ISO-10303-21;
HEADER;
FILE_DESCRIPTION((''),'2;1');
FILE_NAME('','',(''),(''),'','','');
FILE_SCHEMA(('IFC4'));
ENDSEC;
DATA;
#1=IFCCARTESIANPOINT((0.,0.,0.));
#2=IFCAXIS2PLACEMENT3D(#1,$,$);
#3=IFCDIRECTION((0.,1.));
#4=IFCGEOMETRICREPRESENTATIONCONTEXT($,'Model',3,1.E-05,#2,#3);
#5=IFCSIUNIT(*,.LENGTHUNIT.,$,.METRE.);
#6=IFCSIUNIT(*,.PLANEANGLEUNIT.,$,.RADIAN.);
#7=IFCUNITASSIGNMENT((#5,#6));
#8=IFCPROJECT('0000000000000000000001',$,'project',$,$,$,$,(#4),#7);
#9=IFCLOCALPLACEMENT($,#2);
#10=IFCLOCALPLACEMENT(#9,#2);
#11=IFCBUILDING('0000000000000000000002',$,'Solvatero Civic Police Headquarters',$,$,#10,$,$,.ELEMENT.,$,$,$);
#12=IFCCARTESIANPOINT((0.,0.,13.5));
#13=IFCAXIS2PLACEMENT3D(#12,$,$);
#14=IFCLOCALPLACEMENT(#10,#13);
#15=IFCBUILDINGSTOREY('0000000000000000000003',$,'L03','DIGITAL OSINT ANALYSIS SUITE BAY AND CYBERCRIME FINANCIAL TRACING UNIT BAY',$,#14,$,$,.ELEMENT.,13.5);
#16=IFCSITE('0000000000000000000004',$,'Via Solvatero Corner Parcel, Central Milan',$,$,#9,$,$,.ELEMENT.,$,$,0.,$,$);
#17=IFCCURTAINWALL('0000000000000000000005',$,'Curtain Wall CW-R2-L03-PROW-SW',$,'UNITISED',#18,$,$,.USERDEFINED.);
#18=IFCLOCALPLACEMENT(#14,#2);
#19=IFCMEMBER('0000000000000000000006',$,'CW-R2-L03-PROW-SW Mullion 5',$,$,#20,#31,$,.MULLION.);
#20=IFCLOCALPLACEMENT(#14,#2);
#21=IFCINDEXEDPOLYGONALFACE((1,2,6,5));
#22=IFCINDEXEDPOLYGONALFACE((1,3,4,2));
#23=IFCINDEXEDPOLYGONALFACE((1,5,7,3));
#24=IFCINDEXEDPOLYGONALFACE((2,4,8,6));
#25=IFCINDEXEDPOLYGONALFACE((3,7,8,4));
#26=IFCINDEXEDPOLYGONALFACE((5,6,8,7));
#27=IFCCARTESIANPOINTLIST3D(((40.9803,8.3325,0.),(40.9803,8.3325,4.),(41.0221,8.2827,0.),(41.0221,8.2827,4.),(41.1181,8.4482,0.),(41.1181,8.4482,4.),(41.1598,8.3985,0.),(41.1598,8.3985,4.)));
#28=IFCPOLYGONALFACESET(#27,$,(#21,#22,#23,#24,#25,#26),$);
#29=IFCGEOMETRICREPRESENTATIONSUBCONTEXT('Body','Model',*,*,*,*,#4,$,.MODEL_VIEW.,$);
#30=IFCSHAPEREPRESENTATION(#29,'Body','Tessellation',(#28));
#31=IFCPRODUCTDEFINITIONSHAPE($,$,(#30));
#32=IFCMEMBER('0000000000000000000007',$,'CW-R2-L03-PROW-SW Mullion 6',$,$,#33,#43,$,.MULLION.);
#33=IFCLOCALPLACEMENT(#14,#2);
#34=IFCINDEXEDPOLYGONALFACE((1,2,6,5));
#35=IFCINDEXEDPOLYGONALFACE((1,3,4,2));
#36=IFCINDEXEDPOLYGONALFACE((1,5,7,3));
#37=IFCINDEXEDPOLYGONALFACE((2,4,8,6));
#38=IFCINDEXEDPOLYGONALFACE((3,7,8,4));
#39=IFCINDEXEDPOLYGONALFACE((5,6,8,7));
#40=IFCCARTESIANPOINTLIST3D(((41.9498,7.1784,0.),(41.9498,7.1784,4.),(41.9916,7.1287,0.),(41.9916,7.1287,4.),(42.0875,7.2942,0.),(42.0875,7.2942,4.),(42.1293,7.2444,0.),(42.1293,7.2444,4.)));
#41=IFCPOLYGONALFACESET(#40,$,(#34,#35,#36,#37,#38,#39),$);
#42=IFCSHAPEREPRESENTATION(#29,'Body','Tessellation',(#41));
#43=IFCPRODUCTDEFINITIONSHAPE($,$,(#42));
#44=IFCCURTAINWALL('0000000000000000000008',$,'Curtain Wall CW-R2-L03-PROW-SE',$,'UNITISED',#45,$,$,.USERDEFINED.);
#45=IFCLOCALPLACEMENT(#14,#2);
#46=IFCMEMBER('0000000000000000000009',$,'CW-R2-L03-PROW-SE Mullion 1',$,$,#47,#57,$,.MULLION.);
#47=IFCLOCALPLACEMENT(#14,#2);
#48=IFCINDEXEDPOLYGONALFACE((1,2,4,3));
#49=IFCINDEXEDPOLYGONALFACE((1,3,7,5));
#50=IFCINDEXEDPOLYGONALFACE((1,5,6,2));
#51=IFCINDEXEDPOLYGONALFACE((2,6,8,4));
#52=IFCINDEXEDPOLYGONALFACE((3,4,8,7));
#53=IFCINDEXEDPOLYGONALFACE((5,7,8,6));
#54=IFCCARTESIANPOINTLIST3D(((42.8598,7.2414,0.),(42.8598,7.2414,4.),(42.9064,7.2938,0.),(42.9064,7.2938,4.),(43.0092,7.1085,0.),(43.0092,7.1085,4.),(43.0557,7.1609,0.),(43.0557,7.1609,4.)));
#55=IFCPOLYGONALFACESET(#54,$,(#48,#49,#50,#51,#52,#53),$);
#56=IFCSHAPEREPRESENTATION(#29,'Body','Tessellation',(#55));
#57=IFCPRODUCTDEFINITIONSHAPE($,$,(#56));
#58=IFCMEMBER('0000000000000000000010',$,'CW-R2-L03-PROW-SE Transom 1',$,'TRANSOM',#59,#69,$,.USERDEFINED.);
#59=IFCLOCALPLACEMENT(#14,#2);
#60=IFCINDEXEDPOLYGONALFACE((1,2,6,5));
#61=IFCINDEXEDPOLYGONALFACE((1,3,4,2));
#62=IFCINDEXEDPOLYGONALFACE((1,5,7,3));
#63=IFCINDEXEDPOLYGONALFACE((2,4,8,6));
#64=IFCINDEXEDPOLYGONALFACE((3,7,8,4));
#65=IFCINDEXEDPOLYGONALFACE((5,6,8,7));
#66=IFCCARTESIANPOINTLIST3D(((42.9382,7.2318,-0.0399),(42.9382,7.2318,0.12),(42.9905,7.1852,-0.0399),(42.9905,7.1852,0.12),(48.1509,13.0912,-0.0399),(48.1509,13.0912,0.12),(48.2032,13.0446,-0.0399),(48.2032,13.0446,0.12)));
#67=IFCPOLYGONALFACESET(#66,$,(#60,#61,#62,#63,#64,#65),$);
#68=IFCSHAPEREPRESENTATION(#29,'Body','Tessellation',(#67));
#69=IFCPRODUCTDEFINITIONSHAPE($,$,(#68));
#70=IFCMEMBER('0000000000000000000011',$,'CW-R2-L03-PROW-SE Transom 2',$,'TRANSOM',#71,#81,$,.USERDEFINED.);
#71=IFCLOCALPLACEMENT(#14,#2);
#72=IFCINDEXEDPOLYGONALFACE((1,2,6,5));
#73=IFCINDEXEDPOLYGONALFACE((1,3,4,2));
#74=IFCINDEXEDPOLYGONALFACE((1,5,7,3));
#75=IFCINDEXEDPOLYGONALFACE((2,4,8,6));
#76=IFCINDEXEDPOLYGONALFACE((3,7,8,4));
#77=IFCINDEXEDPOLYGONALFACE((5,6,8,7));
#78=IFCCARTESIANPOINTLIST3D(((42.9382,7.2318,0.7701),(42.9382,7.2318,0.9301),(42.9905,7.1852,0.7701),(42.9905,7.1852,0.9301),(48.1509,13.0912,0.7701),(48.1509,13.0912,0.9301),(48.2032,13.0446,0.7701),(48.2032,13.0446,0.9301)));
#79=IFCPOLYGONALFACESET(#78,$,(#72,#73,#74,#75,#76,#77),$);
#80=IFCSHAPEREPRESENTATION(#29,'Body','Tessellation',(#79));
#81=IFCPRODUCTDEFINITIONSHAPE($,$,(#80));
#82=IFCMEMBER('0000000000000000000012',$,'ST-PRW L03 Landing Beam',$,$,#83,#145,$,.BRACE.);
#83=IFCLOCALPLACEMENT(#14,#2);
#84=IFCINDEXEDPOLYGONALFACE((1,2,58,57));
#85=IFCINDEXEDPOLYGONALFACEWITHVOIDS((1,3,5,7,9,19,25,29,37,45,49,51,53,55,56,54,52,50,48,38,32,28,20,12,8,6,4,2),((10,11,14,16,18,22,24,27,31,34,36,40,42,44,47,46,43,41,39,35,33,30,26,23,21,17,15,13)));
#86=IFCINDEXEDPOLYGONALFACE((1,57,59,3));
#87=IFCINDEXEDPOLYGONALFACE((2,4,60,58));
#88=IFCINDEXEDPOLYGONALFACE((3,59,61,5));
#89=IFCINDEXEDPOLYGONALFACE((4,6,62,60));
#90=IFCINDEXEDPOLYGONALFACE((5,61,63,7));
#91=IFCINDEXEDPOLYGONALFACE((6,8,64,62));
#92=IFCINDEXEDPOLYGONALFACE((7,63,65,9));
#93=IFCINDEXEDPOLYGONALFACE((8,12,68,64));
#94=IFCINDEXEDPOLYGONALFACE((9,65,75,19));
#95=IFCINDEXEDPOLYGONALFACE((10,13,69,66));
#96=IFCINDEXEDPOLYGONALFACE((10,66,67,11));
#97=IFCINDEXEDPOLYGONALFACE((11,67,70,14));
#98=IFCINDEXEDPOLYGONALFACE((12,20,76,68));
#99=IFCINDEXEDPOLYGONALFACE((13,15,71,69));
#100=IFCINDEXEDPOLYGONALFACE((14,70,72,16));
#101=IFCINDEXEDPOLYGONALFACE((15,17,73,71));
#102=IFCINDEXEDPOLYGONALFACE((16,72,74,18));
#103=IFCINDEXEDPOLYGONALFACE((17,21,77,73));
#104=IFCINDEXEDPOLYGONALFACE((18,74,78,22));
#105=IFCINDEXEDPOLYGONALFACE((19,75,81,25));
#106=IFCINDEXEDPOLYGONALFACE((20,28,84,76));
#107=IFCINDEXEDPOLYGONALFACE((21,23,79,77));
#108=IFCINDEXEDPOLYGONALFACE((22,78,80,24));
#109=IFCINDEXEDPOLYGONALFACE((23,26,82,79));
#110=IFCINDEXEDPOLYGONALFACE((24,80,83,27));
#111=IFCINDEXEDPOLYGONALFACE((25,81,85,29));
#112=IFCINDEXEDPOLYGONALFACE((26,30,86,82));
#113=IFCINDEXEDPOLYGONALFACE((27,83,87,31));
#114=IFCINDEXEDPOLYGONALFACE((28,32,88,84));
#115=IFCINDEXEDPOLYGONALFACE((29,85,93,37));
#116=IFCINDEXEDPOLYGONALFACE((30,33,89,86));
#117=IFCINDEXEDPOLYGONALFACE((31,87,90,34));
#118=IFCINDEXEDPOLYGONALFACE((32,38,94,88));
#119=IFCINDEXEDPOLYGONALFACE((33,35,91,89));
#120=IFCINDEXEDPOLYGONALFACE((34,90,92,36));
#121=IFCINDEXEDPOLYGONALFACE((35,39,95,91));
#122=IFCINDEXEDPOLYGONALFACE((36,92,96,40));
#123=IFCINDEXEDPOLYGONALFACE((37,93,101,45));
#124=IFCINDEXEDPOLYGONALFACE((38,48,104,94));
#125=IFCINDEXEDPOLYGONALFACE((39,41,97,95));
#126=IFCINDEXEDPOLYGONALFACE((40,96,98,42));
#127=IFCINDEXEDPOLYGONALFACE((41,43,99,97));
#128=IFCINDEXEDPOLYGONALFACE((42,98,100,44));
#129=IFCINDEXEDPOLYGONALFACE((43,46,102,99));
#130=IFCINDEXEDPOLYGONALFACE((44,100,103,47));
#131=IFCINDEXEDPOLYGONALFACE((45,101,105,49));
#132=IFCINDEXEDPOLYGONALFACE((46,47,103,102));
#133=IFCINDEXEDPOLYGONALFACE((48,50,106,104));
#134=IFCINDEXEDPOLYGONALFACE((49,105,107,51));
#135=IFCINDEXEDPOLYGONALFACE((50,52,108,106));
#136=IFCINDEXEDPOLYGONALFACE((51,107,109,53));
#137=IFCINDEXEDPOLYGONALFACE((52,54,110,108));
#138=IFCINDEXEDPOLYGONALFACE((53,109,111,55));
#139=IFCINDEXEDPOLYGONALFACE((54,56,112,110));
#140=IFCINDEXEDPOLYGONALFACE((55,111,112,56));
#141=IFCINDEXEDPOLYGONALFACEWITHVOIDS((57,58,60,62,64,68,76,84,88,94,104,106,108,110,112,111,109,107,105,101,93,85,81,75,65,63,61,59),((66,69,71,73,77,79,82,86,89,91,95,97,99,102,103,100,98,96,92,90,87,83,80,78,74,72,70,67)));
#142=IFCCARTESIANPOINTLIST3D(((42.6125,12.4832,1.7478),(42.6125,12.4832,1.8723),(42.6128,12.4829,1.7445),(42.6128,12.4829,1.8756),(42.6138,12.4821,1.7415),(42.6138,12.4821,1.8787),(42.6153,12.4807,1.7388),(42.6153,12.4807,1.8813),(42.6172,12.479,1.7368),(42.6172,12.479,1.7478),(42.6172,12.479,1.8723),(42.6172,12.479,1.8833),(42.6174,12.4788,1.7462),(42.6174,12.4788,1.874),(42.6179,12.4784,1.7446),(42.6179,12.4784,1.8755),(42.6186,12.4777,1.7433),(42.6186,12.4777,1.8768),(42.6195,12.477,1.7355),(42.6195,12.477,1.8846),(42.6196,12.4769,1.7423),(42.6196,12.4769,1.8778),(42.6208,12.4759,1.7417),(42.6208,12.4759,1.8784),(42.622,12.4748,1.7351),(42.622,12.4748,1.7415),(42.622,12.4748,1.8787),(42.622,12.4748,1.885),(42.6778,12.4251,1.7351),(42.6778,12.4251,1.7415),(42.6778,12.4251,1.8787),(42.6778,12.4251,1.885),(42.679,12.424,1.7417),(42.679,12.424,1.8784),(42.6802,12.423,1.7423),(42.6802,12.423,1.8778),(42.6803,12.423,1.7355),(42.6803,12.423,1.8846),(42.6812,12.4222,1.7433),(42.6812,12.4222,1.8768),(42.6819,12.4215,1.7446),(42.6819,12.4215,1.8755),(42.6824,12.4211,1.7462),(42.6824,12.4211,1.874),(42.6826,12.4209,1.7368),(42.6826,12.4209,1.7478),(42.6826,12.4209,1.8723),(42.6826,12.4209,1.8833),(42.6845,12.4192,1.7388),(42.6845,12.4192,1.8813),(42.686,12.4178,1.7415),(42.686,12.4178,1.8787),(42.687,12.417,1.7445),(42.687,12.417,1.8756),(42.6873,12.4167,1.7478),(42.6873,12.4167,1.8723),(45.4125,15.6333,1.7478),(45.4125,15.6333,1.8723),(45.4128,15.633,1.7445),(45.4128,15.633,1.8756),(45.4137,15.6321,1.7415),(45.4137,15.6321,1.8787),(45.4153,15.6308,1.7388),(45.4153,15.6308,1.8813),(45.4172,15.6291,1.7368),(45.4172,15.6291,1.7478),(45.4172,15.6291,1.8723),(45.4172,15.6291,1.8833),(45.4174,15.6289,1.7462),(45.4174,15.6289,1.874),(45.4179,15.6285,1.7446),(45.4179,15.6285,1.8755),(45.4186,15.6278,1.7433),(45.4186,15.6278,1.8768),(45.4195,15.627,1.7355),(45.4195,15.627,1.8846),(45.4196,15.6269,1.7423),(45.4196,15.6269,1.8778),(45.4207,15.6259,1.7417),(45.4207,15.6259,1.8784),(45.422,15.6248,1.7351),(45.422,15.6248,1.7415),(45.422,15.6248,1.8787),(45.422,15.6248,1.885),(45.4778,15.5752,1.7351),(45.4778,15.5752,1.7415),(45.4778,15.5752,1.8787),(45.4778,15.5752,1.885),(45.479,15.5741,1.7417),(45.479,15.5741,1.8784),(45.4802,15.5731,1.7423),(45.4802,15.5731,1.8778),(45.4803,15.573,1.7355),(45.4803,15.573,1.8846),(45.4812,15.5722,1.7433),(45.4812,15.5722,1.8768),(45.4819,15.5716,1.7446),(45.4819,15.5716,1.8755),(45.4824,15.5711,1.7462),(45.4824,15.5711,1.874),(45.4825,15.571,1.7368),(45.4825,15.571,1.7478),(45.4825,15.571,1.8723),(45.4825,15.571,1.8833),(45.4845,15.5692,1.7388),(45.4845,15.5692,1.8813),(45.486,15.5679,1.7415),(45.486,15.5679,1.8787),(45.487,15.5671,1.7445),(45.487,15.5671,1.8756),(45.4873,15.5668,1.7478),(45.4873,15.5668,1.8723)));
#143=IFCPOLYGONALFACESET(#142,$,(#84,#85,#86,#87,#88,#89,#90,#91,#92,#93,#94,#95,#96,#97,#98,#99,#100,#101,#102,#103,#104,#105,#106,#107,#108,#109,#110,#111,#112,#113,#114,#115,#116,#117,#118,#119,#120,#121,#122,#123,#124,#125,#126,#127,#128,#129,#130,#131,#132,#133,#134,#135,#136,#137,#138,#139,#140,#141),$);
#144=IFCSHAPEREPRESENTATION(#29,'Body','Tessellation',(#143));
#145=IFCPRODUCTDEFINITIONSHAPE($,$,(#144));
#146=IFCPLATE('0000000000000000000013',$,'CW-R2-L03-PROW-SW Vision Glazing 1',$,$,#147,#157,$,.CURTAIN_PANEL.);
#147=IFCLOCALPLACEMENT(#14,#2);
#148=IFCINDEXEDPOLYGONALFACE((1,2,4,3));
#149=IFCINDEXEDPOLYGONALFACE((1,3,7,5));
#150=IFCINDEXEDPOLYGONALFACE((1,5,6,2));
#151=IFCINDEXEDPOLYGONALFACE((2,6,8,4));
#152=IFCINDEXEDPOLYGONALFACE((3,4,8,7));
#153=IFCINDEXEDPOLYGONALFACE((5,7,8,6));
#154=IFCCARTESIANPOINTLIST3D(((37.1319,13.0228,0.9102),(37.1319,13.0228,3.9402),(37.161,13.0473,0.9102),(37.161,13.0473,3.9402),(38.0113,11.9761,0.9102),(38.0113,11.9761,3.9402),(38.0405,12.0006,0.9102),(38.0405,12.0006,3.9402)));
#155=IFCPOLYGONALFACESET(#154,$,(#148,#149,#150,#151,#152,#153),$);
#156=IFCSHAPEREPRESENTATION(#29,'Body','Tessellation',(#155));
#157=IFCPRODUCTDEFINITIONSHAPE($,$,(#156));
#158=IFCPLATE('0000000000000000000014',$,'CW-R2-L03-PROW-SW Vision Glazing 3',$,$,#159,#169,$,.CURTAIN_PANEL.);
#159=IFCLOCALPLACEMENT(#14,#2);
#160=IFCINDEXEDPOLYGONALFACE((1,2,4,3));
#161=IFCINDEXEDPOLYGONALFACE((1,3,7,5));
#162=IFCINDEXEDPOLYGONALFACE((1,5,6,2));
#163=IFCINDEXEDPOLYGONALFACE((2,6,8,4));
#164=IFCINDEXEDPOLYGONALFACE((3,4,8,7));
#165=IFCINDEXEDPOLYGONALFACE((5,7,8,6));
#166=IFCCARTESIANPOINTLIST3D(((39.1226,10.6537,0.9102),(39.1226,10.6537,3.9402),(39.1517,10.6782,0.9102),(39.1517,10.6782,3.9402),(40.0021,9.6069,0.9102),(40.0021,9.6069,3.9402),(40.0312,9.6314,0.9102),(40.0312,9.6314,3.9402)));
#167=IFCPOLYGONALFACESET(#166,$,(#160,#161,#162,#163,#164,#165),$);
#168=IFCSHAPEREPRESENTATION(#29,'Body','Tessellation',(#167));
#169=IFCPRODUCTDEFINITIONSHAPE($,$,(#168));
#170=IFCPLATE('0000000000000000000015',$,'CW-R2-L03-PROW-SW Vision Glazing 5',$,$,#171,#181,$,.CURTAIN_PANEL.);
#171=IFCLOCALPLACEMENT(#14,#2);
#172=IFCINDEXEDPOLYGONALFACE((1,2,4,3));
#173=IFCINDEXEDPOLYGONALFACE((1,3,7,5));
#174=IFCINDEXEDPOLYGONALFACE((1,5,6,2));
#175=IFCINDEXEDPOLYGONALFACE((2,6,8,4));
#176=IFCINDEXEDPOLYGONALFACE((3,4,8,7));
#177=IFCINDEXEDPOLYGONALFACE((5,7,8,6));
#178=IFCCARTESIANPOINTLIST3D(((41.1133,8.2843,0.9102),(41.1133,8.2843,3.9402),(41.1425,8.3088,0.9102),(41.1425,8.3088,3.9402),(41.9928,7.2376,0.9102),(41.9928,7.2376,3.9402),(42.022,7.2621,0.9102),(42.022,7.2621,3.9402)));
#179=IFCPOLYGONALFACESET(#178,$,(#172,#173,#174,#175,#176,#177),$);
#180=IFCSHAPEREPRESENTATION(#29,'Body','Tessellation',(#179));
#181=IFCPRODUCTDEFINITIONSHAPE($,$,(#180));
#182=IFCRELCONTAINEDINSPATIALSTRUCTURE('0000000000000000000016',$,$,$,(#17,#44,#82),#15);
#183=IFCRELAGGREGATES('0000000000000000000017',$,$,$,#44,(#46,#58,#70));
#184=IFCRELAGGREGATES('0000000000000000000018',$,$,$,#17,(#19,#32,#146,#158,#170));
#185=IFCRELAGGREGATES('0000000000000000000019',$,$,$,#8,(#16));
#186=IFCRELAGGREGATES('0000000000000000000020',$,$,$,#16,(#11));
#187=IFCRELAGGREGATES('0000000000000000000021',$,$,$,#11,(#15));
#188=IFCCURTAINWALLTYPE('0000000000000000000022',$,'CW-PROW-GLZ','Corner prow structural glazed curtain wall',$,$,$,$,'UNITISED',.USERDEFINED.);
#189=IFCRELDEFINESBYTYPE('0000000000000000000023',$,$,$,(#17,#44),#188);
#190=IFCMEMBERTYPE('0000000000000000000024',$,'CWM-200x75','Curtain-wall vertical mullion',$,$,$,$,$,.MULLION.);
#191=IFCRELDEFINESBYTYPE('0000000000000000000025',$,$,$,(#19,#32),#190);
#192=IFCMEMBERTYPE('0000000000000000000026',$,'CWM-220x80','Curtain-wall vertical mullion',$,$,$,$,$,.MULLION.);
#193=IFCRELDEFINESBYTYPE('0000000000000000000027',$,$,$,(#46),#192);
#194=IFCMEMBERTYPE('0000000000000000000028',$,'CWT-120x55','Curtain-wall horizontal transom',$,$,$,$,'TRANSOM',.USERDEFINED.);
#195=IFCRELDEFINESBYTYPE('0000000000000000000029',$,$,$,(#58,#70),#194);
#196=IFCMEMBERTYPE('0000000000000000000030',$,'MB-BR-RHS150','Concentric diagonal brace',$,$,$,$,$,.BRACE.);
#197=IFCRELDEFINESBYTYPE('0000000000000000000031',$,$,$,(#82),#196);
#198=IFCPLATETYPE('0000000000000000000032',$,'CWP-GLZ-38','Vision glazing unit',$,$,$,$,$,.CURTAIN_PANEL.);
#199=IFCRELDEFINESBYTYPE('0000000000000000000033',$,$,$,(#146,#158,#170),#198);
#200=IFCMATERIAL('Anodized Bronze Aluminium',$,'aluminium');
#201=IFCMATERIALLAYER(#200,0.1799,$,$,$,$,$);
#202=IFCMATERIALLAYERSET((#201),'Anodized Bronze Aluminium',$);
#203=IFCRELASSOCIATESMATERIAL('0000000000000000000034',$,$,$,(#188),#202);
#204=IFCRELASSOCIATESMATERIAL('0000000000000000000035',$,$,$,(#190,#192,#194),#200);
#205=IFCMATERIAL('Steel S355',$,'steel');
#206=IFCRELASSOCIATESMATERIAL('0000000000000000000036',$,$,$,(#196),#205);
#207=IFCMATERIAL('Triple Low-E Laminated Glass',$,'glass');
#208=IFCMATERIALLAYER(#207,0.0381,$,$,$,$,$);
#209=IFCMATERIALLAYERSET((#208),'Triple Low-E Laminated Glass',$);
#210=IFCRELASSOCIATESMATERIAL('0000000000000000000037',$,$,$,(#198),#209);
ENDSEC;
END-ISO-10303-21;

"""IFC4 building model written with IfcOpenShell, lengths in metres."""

from ifc_helpers import new_model, si_unit, direction, frame, origin, origin_2d, place, context, subcontext, project, spatial, rectangle, hollow_rectangle, extrude, material, layer, layer_set, material_profile, profile_set, type_object, element, aggregate, save


model = new_model("IFC4")

# Units and contexts
model_context = context("Model", 3, precision=1e-05, world=origin(), true_north=direction((0.0, 1.0)))
body_context = subcontext(model_context, "Body", "Model", "MODEL_VIEW")
ifc_project = project(units=[si_unit("LENGTHUNIT", "METRE"), si_unit("PLANEANGLEUNIT", "RADIAN")], contexts=[model_context])

# Site, building, storey
site_placement = place(None, origin())
site = spatial("IfcSite", under=ifc_project, at=site_placement, Name="Via Solvatero Corner Parcel, Central Milan", CompositionType="ELEMENT", RefElevation=0.0)
building_placement = place(site_placement, origin())
building = spatial("IfcBuilding", under=site, at=building_placement, Name="Solvatero Civic Police Headquarters", CompositionType="ELEMENT")
storey_placement = place(building_placement, frame((0.0, 0.0, 13.5)))
storey = spatial("IfcBuildingStorey", under=building, at=storey_placement, Name="L03", Description="DIGITAL OSINT ANALYSIS SUITE BAY AND CYBERCRIME FINANCIAL TRACING UNIT BAY", CompositionType="ELEMENT", Elevation=13.5)

# Shared definitions
ifc_material_1 = material(Name="Steel S355", Category="steel")

# Curtain walls, members
ifc_material_2 = material(Name="Anodized Bronze Aluminium", Category="aluminium")
ifc_layer_1 = layer(ifc_material_2, 0.1799)
ifc_layer_set_1 = layer_set([ifc_layer_1], Name="Anodized Bronze Aluminium")
curtain_wall_type = type_object("IfcCurtainWallType", Name="CW-PROW-GLZ", Description="Corner prow structural glazed curtain wall", ElementType="UNITISED", PredefinedType="USERDEFINED", material=ifc_layer_set_1)
curtain_wall_1_placement = place(storey_placement, origin())
curtain_wall_1 = element("IfcCurtainWall", 1, at=curtain_wall_1_placement, inside=storey, type_object=curtain_wall_type, Name="Curtain Wall CW-R2-L03-PROW-SW", ObjectType="UNITISED", PredefinedType="USERDEFINED")
ifc_material_profile_1 = material_profile(ifc_material_2, rectangle(XDim=0.0649, YDim=0.1799, at=origin_2d()), Name="ALU MULLION 65x180")
ifc_profile_set_1 = profile_set([ifc_material_profile_1], Name="Anodized Bronze Aluminium")
member_type_1 = type_object("IfcMemberType", Name="CWM-200x75", Description="Curtain-wall vertical mullion", PredefinedType="MULLION", material=ifc_profile_set_1)
member_1_placement = place(storey_placement, frame((41.0701, 8.3655, 0.0), z_axis=(0.0, 0.0, 1.0), x_axis=(0.643282, -0.765629, 0.0)))
member_1 = element("IfcMember", 2, at=member_1_placement, type_object=member_type_1, Name="CW-R2-L03-PROW-SW Mullion 5", PredefinedType="MULLION", context=body_context, shape_type="SweptSolid", body=[
    extrude(rectangle(XDim=0.0649, YDim=0.1799, at=origin_2d()), origin(), (0.0, 0.0, 1.0), 4.0),
])
member_2_placement = place(storey_placement, frame((42.0396, 7.2114, 0.0), z_axis=(0.0, 0.0, 1.0), x_axis=(0.643282, -0.765629, 0.0)))
member_2 = element("IfcMember", 3, at=member_2_placement, type_object=member_type_1, Name="CW-R2-L03-PROW-SW Mullion 6", PredefinedType="MULLION", context=body_context, shape_type="SweptSolid", body=[
    extrude(rectangle(XDim=0.0649, YDim=0.1799, at=origin_2d()), origin(), (0.0, 0.0, 1.0), 4.0),
])
curtain_wall_2_placement = place(storey_placement, origin())
curtain_wall_2 = element("IfcCurtainWall", 4, at=curtain_wall_2_placement, inside=storey, type_object=curtain_wall_type, Name="Curtain Wall CW-R2-L03-PROW-SE", ObjectType="UNITISED", PredefinedType="USERDEFINED")
ifc_material_profile_2 = material_profile(ifc_material_2, rectangle(XDim=0.0701, YDim=0.2, at=origin_2d()), Name="ALU MULLION 70x200")
ifc_profile_set_2 = profile_set([ifc_material_profile_2], Name="Anodized Bronze Aluminium")
member_type_2 = type_object("IfcMemberType", Name="CWM-220x80", Description="Curtain-wall vertical mullion", PredefinedType="MULLION", material=ifc_profile_set_2)
member_3_placement = place(storey_placement, frame((42.9578, 7.2012, 0.0), z_axis=(0.0, 0.0, 1.0), x_axis=(0.66467, 0.747137, 0.0)))
member_3 = element("IfcMember", 5, at=member_3_placement, type_object=member_type_2, Name="CW-R2-L03-PROW-SE Mullion 1", PredefinedType="MULLION", context=body_context, shape_type="SweptSolid", body=[
    extrude(rectangle(XDim=0.0701, YDim=0.2, at=origin_2d()), origin(), (0.0, 0.0, 1.0), 4.0),
])
ifc_material_profile_3 = material_profile(ifc_material_2, rectangle(XDim=0.0701, YDim=0.1599, at=origin_2d()), Name="ALU TRANSOM 70x160")
ifc_profile_set_3 = profile_set([ifc_material_profile_3], Name="Anodized Bronze Aluminium")
member_type_3 = type_object("IfcMemberType", Name="CWT-120x55", Description="Curtain-wall horizontal transom", ElementType="TRANSOM", PredefinedType="USERDEFINED", material=ifc_profile_set_3)
member_4_placement = place(storey_placement, frame((42.9644, 7.2085, 0.04), z_axis=(0.664671, 0.747136, 0.0), x_axis=(-0.747136, 0.664671, 0.0)))
member_4 = element("IfcMember", 6, at=member_4_placement, type_object=member_type_3, Name="CW-R2-L03-PROW-SE Transom 1", ObjectType="TRANSOM", PredefinedType="USERDEFINED", context=body_context, shape_type="SweptSolid", body=[
    extrude(rectangle(XDim=0.0701, YDim=0.1599, at=origin_2d()), origin(), (0.0, 0.0, 1.0), 7.8425),
])
member_5_placement = place(storey_placement, frame((42.9644, 7.2085, 0.8501), z_axis=(0.664671, 0.747136, 0.0), x_axis=(-0.747136, 0.664671, 0.0)))
member_5 = element("IfcMember", 7, at=member_5_placement, type_object=member_type_3, Name="CW-R2-L03-PROW-SE Transom 2", ObjectType="TRANSOM", PredefinedType="USERDEFINED", context=body_context, shape_type="SweptSolid", body=[
    extrude(rectangle(XDim=0.0701, YDim=0.1599, at=origin_2d()), origin(), (0.0, 0.0, 1.0), 7.8425),
])
aggregate(curtain_wall_2, [member_3, member_4, member_5])

# Member
ifc_material_profile_4 = material_profile(ifc_material_1, hollow_rectangle(XDim=0.1001, YDim=0.1499, WallThickness=0.0063, InnerFilletRadius=0.0063, OuterFilletRadius=0.0127, at=origin_2d()), Name="RHS 150x100x6.3")
ifc_profile_set_4 = profile_set([ifc_material_profile_4], Name="Steel S355")
member_type_4 = type_object("IfcMemberType", Name="MB-BR-RHS150", Description="Concentric diagonal brace", PredefinedType="BRACE", material=ifc_profile_set_4)
member_6_placement = place(storey_placement, frame((42.6499, 12.45, 1.8101), z_axis=(0.664353, 0.747419, 0.0), x_axis=(-0.747419, 0.664353, 0.0)))
element("IfcMember", 8, at=member_6_placement, inside=storey, type_object=member_type_4, Name="ST-PRW L03 Landing Beam", PredefinedType="BRACE", context=body_context, shape_type="SweptSolid", body=[
    extrude(hollow_rectangle(XDim=0.1001, YDim=0.1499, WallThickness=0.0063, InnerFilletRadius=0.0063, OuterFilletRadius=0.0127, at=origin_2d()), origin(), (0.0, 0.0, 1.0), 4.2146),
])

# Plates
ifc_material_3 = material(Name="Triple Low-E Laminated Glass", Category="glass")
ifc_layer_2 = layer(ifc_material_3, 0.0381)
ifc_layer_set_2 = layer_set([ifc_layer_2], Name="Triple Low-E Laminated Glass")
plate_type_1 = type_object("IfcPlateType", Name="CWP-GLZ-38", Description="Vision glazing unit", PredefinedType="CURTAIN_PANEL", material=ifc_layer_set_2)
plate_1_placement = place(storey_placement, frame((37.5862, 12.5117, 0.9102), z_axis=(0.0, 0.0, 1.0), x_axis=(0.643282, -0.765629, 0.0)))
plate_1 = element("IfcPlate", 9, at=plate_1_placement, type_object=plate_type_1, Name="CW-R2-L03-PROW-SW Vision Glazing 1", PredefinedType="CURTAIN_PANEL", context=body_context, shape_type="SweptSolid", body=[
    extrude(rectangle(XDim=1.3672, YDim=0.0381, at=origin_2d()), origin(), (0.0, 0.0, 1.0), 3.03),
])
plate_2_placement = place(storey_placement, frame((39.5769, 10.1426, 0.9102), z_axis=(0.0, 0.0, 1.0), x_axis=(0.643282, -0.765629, 0.0)))
plate_2 = element("IfcPlate", 10, at=plate_2_placement, type_object=plate_type_1, Name="CW-R2-L03-PROW-SW Vision Glazing 3", PredefinedType="CURTAIN_PANEL", context=body_context, shape_type="SweptSolid", body=[
    extrude(rectangle(XDim=1.3672, YDim=0.0381, at=origin_2d()), origin(), (0.0, 0.0, 1.0), 3.03),
])
plate_3_placement = place(storey_placement, frame((41.5676, 7.7732, 0.9102), z_axis=(0.0, 0.0, 1.0), x_axis=(0.643282, -0.765629, 0.0)))
plate_3 = element("IfcPlate", 11, at=plate_3_placement, type_object=plate_type_1, Name="CW-R2-L03-PROW-SW Vision Glazing 5", PredefinedType="CURTAIN_PANEL", context=body_context, shape_type="SweptSolid", body=[
    extrude(rectangle(XDim=1.3672, YDim=0.0381, at=origin_2d()), origin(), (0.0, 0.0, 1.0), 3.03),
])
aggregate(curtain_wall_1, [member_1, member_2, plate_1, plate_2, plate_3])

save(model, "model.ifc")
